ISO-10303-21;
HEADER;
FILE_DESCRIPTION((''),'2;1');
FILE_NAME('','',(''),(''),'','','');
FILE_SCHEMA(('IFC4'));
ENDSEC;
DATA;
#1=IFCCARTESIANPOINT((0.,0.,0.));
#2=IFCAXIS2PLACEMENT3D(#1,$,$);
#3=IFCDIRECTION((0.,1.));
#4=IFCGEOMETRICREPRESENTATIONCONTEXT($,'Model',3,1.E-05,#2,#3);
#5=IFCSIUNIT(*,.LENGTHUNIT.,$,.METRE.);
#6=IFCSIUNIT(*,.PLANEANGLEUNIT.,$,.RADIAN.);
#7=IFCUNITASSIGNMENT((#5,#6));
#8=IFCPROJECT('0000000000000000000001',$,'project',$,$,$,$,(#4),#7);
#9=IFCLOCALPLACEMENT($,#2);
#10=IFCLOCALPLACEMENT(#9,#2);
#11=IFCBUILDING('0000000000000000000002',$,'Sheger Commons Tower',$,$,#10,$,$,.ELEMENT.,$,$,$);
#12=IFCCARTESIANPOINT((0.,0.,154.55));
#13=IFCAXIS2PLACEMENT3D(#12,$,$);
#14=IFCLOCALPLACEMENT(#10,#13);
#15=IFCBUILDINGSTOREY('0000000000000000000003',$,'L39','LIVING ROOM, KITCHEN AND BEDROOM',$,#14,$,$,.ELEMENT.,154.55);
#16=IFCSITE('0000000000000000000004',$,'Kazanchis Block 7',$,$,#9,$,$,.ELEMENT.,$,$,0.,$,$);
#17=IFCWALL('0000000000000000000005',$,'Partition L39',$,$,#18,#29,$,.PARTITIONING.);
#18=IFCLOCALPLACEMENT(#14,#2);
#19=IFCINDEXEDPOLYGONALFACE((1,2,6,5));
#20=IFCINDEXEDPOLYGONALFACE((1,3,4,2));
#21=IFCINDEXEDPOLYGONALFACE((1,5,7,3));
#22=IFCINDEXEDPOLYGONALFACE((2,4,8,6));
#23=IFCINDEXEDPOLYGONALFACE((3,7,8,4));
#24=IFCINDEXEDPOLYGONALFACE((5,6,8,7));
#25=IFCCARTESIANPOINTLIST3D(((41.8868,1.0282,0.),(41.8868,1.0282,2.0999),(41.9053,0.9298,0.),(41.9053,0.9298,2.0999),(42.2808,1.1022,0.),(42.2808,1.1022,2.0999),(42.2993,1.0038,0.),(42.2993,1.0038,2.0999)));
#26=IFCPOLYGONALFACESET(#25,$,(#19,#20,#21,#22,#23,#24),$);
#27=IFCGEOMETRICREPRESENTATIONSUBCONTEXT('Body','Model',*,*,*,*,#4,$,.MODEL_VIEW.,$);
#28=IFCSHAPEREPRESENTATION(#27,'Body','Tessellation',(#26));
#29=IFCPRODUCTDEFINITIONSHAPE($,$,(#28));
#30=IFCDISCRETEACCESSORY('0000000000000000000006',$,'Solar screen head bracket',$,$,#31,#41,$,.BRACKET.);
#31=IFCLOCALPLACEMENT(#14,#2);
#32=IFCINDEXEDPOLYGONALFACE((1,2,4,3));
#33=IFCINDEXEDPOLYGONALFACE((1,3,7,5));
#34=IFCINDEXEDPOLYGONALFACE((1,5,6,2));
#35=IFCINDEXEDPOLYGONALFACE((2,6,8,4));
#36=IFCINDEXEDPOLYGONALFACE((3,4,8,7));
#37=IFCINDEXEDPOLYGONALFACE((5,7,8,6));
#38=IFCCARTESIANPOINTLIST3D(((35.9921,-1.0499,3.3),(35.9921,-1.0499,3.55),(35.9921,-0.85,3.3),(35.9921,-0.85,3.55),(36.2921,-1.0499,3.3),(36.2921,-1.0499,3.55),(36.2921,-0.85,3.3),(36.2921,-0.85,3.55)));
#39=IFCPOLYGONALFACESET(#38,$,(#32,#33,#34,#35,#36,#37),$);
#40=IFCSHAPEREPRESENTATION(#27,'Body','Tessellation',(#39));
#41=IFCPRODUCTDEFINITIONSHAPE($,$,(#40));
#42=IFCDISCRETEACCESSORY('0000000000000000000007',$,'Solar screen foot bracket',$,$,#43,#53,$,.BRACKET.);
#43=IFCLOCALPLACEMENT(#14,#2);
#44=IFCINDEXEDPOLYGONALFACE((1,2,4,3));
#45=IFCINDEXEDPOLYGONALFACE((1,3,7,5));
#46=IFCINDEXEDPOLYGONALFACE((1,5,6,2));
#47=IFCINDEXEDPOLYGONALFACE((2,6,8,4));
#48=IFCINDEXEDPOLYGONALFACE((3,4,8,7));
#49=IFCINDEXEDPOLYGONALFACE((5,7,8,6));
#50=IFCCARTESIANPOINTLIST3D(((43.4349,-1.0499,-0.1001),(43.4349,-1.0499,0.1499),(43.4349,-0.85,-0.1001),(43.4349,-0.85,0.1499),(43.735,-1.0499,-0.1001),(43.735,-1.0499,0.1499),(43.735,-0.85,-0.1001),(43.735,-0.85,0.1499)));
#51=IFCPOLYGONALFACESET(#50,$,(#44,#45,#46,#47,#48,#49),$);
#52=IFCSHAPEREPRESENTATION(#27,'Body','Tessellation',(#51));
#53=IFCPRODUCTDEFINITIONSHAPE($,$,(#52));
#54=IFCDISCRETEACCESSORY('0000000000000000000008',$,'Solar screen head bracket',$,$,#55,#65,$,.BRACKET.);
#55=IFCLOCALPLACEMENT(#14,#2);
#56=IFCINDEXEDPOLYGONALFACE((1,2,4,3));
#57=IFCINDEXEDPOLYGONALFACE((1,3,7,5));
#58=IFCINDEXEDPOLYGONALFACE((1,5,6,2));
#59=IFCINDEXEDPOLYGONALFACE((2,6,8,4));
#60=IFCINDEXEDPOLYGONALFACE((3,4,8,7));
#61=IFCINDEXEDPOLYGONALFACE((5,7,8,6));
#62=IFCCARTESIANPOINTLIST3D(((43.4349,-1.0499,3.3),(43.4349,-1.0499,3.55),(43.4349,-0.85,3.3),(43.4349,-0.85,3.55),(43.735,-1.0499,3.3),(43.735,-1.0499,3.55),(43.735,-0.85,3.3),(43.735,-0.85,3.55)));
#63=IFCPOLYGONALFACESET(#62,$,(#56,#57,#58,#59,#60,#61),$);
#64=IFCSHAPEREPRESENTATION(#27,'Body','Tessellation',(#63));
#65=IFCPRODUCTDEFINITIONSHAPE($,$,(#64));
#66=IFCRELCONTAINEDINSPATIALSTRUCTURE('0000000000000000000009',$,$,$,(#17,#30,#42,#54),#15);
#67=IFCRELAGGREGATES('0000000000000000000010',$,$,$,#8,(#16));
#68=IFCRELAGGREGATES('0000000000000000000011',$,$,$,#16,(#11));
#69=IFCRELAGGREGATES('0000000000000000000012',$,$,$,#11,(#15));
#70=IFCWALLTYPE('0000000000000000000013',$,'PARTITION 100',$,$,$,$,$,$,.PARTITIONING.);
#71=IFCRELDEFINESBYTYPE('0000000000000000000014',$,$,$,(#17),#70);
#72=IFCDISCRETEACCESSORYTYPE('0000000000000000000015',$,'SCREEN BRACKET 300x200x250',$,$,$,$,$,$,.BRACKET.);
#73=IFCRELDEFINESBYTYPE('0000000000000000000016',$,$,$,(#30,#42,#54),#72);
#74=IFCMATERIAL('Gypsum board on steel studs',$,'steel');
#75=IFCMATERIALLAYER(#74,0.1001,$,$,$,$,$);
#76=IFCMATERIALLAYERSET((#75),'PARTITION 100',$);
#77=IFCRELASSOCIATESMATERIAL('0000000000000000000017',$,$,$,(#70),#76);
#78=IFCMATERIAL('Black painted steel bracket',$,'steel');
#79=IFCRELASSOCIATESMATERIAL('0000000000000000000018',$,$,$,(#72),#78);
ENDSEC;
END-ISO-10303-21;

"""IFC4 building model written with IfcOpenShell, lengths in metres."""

from ifc_helpers import new_model, si_unit, direction, frame, frame_2d, origin, origin_2d, place, context, subcontext, project, spatial, rectangle, extrude, material, layer, layer_set, type_object, element, save


model = new_model("IFC4")

# Units and contexts
model_context = context("Model", 3, precision=1e-05, world=origin(), true_north=direction((0.0, 1.0)))
body_context = subcontext(model_context, "Body", "Model", "MODEL_VIEW")
ifc_project = project(units=[si_unit("LENGTHUNIT", "METRE"), si_unit("PLANEANGLEUNIT", "RADIAN")], contexts=[model_context])

# Site, building, storey
site_placement = place(None, origin())
site = spatial("IfcSite", under=ifc_project, at=site_placement, Name="Kazanchis Block 7", CompositionType="ELEMENT", RefElevation=0.0)
building_placement = place(site_placement, origin())
building = spatial("IfcBuilding", under=site, at=building_placement, Name="Sheger Commons Tower", CompositionType="ELEMENT")
storey_placement = place(building_placement, frame((0.0, 0.0, 154.55)))
storey = spatial("IfcBuildingStorey", under=building, at=storey_placement, Name="L39", Description="LIVING ROOM, KITCHEN AND BEDROOM", CompositionType="ELEMENT", Elevation=154.55)

# Shared definitions
ifc_material_1 = material(Name="Gypsum board on steel studs", Category="steel")
ifc_layer_1 = layer(ifc_material_1, 0.1001)
ifc_layer_set_1 = layer_set([ifc_layer_1], Name="PARTITION 100")
wall_type_1 = type_object("IfcWallType", Name="PARTITION 100", PredefinedType="PARTITIONING", material=ifc_layer_set_1)

# Wall
wall_1_placement = place(storey_placement, frame((42.29, 1.053, 0.0), z_axis=(0.0, 0.0, 1.0), x_axis=(-0.982831, -0.184509, 0.0)))
element("IfcWall", 1, at=wall_1_placement, inside=storey, type_object=wall_type_1, Name="Partition L39", PredefinedType="PARTITIONING", context=body_context, shape_type="SweptSolid", body=[
    extrude(rectangle(XDim=0.4009, YDim=0.1001, at=frame_2d((0.2004, 0.0))), origin(), (0.0, 0.0, 1.0), 2.0999),
])

# Discrete accessories
ifc_material_2 = material(Name="Black painted steel bracket", Category="steel")
discrete_accessory_type = type_object("IfcDiscreteAccessoryType", Name="SCREEN BRACKET 300x200x250", PredefinedType="BRACKET", material=ifc_material_2)
for number, where, z_axis, x_axis, name in (
    (2, (36.1421, -0.95, 3.3), (0.0, 0.0, 1.0), (1.0, 0.0, 0.0), "Solar screen head bracket"),
    (3, (43.585, -0.95, -0.1001), (0.0, 0.0, 1.0), (1.0, 0.0, 0.0), "Solar screen foot bracket"),
    (4, (43.585, -0.95, 3.3), (0.0, 0.0, 1.0), (1.0, 0.0, 0.0), "Solar screen head bracket"),
):
    element("IfcDiscreteAccessory", number, at=place(storey_placement, frame(where, z_axis=z_axis, x_axis=x_axis)), inside=storey, type_object=discrete_accessory_type, Name=name, PredefinedType="BRACKET", context=body_context, shape_type="SweptSolid", body=[
        extrude(rectangle(XDim=0.3, YDim=0.2, at=origin_2d()), origin(), (0.0, 0.0, 1.0), 0.25),
    ])

save(model, "model.ifc")
